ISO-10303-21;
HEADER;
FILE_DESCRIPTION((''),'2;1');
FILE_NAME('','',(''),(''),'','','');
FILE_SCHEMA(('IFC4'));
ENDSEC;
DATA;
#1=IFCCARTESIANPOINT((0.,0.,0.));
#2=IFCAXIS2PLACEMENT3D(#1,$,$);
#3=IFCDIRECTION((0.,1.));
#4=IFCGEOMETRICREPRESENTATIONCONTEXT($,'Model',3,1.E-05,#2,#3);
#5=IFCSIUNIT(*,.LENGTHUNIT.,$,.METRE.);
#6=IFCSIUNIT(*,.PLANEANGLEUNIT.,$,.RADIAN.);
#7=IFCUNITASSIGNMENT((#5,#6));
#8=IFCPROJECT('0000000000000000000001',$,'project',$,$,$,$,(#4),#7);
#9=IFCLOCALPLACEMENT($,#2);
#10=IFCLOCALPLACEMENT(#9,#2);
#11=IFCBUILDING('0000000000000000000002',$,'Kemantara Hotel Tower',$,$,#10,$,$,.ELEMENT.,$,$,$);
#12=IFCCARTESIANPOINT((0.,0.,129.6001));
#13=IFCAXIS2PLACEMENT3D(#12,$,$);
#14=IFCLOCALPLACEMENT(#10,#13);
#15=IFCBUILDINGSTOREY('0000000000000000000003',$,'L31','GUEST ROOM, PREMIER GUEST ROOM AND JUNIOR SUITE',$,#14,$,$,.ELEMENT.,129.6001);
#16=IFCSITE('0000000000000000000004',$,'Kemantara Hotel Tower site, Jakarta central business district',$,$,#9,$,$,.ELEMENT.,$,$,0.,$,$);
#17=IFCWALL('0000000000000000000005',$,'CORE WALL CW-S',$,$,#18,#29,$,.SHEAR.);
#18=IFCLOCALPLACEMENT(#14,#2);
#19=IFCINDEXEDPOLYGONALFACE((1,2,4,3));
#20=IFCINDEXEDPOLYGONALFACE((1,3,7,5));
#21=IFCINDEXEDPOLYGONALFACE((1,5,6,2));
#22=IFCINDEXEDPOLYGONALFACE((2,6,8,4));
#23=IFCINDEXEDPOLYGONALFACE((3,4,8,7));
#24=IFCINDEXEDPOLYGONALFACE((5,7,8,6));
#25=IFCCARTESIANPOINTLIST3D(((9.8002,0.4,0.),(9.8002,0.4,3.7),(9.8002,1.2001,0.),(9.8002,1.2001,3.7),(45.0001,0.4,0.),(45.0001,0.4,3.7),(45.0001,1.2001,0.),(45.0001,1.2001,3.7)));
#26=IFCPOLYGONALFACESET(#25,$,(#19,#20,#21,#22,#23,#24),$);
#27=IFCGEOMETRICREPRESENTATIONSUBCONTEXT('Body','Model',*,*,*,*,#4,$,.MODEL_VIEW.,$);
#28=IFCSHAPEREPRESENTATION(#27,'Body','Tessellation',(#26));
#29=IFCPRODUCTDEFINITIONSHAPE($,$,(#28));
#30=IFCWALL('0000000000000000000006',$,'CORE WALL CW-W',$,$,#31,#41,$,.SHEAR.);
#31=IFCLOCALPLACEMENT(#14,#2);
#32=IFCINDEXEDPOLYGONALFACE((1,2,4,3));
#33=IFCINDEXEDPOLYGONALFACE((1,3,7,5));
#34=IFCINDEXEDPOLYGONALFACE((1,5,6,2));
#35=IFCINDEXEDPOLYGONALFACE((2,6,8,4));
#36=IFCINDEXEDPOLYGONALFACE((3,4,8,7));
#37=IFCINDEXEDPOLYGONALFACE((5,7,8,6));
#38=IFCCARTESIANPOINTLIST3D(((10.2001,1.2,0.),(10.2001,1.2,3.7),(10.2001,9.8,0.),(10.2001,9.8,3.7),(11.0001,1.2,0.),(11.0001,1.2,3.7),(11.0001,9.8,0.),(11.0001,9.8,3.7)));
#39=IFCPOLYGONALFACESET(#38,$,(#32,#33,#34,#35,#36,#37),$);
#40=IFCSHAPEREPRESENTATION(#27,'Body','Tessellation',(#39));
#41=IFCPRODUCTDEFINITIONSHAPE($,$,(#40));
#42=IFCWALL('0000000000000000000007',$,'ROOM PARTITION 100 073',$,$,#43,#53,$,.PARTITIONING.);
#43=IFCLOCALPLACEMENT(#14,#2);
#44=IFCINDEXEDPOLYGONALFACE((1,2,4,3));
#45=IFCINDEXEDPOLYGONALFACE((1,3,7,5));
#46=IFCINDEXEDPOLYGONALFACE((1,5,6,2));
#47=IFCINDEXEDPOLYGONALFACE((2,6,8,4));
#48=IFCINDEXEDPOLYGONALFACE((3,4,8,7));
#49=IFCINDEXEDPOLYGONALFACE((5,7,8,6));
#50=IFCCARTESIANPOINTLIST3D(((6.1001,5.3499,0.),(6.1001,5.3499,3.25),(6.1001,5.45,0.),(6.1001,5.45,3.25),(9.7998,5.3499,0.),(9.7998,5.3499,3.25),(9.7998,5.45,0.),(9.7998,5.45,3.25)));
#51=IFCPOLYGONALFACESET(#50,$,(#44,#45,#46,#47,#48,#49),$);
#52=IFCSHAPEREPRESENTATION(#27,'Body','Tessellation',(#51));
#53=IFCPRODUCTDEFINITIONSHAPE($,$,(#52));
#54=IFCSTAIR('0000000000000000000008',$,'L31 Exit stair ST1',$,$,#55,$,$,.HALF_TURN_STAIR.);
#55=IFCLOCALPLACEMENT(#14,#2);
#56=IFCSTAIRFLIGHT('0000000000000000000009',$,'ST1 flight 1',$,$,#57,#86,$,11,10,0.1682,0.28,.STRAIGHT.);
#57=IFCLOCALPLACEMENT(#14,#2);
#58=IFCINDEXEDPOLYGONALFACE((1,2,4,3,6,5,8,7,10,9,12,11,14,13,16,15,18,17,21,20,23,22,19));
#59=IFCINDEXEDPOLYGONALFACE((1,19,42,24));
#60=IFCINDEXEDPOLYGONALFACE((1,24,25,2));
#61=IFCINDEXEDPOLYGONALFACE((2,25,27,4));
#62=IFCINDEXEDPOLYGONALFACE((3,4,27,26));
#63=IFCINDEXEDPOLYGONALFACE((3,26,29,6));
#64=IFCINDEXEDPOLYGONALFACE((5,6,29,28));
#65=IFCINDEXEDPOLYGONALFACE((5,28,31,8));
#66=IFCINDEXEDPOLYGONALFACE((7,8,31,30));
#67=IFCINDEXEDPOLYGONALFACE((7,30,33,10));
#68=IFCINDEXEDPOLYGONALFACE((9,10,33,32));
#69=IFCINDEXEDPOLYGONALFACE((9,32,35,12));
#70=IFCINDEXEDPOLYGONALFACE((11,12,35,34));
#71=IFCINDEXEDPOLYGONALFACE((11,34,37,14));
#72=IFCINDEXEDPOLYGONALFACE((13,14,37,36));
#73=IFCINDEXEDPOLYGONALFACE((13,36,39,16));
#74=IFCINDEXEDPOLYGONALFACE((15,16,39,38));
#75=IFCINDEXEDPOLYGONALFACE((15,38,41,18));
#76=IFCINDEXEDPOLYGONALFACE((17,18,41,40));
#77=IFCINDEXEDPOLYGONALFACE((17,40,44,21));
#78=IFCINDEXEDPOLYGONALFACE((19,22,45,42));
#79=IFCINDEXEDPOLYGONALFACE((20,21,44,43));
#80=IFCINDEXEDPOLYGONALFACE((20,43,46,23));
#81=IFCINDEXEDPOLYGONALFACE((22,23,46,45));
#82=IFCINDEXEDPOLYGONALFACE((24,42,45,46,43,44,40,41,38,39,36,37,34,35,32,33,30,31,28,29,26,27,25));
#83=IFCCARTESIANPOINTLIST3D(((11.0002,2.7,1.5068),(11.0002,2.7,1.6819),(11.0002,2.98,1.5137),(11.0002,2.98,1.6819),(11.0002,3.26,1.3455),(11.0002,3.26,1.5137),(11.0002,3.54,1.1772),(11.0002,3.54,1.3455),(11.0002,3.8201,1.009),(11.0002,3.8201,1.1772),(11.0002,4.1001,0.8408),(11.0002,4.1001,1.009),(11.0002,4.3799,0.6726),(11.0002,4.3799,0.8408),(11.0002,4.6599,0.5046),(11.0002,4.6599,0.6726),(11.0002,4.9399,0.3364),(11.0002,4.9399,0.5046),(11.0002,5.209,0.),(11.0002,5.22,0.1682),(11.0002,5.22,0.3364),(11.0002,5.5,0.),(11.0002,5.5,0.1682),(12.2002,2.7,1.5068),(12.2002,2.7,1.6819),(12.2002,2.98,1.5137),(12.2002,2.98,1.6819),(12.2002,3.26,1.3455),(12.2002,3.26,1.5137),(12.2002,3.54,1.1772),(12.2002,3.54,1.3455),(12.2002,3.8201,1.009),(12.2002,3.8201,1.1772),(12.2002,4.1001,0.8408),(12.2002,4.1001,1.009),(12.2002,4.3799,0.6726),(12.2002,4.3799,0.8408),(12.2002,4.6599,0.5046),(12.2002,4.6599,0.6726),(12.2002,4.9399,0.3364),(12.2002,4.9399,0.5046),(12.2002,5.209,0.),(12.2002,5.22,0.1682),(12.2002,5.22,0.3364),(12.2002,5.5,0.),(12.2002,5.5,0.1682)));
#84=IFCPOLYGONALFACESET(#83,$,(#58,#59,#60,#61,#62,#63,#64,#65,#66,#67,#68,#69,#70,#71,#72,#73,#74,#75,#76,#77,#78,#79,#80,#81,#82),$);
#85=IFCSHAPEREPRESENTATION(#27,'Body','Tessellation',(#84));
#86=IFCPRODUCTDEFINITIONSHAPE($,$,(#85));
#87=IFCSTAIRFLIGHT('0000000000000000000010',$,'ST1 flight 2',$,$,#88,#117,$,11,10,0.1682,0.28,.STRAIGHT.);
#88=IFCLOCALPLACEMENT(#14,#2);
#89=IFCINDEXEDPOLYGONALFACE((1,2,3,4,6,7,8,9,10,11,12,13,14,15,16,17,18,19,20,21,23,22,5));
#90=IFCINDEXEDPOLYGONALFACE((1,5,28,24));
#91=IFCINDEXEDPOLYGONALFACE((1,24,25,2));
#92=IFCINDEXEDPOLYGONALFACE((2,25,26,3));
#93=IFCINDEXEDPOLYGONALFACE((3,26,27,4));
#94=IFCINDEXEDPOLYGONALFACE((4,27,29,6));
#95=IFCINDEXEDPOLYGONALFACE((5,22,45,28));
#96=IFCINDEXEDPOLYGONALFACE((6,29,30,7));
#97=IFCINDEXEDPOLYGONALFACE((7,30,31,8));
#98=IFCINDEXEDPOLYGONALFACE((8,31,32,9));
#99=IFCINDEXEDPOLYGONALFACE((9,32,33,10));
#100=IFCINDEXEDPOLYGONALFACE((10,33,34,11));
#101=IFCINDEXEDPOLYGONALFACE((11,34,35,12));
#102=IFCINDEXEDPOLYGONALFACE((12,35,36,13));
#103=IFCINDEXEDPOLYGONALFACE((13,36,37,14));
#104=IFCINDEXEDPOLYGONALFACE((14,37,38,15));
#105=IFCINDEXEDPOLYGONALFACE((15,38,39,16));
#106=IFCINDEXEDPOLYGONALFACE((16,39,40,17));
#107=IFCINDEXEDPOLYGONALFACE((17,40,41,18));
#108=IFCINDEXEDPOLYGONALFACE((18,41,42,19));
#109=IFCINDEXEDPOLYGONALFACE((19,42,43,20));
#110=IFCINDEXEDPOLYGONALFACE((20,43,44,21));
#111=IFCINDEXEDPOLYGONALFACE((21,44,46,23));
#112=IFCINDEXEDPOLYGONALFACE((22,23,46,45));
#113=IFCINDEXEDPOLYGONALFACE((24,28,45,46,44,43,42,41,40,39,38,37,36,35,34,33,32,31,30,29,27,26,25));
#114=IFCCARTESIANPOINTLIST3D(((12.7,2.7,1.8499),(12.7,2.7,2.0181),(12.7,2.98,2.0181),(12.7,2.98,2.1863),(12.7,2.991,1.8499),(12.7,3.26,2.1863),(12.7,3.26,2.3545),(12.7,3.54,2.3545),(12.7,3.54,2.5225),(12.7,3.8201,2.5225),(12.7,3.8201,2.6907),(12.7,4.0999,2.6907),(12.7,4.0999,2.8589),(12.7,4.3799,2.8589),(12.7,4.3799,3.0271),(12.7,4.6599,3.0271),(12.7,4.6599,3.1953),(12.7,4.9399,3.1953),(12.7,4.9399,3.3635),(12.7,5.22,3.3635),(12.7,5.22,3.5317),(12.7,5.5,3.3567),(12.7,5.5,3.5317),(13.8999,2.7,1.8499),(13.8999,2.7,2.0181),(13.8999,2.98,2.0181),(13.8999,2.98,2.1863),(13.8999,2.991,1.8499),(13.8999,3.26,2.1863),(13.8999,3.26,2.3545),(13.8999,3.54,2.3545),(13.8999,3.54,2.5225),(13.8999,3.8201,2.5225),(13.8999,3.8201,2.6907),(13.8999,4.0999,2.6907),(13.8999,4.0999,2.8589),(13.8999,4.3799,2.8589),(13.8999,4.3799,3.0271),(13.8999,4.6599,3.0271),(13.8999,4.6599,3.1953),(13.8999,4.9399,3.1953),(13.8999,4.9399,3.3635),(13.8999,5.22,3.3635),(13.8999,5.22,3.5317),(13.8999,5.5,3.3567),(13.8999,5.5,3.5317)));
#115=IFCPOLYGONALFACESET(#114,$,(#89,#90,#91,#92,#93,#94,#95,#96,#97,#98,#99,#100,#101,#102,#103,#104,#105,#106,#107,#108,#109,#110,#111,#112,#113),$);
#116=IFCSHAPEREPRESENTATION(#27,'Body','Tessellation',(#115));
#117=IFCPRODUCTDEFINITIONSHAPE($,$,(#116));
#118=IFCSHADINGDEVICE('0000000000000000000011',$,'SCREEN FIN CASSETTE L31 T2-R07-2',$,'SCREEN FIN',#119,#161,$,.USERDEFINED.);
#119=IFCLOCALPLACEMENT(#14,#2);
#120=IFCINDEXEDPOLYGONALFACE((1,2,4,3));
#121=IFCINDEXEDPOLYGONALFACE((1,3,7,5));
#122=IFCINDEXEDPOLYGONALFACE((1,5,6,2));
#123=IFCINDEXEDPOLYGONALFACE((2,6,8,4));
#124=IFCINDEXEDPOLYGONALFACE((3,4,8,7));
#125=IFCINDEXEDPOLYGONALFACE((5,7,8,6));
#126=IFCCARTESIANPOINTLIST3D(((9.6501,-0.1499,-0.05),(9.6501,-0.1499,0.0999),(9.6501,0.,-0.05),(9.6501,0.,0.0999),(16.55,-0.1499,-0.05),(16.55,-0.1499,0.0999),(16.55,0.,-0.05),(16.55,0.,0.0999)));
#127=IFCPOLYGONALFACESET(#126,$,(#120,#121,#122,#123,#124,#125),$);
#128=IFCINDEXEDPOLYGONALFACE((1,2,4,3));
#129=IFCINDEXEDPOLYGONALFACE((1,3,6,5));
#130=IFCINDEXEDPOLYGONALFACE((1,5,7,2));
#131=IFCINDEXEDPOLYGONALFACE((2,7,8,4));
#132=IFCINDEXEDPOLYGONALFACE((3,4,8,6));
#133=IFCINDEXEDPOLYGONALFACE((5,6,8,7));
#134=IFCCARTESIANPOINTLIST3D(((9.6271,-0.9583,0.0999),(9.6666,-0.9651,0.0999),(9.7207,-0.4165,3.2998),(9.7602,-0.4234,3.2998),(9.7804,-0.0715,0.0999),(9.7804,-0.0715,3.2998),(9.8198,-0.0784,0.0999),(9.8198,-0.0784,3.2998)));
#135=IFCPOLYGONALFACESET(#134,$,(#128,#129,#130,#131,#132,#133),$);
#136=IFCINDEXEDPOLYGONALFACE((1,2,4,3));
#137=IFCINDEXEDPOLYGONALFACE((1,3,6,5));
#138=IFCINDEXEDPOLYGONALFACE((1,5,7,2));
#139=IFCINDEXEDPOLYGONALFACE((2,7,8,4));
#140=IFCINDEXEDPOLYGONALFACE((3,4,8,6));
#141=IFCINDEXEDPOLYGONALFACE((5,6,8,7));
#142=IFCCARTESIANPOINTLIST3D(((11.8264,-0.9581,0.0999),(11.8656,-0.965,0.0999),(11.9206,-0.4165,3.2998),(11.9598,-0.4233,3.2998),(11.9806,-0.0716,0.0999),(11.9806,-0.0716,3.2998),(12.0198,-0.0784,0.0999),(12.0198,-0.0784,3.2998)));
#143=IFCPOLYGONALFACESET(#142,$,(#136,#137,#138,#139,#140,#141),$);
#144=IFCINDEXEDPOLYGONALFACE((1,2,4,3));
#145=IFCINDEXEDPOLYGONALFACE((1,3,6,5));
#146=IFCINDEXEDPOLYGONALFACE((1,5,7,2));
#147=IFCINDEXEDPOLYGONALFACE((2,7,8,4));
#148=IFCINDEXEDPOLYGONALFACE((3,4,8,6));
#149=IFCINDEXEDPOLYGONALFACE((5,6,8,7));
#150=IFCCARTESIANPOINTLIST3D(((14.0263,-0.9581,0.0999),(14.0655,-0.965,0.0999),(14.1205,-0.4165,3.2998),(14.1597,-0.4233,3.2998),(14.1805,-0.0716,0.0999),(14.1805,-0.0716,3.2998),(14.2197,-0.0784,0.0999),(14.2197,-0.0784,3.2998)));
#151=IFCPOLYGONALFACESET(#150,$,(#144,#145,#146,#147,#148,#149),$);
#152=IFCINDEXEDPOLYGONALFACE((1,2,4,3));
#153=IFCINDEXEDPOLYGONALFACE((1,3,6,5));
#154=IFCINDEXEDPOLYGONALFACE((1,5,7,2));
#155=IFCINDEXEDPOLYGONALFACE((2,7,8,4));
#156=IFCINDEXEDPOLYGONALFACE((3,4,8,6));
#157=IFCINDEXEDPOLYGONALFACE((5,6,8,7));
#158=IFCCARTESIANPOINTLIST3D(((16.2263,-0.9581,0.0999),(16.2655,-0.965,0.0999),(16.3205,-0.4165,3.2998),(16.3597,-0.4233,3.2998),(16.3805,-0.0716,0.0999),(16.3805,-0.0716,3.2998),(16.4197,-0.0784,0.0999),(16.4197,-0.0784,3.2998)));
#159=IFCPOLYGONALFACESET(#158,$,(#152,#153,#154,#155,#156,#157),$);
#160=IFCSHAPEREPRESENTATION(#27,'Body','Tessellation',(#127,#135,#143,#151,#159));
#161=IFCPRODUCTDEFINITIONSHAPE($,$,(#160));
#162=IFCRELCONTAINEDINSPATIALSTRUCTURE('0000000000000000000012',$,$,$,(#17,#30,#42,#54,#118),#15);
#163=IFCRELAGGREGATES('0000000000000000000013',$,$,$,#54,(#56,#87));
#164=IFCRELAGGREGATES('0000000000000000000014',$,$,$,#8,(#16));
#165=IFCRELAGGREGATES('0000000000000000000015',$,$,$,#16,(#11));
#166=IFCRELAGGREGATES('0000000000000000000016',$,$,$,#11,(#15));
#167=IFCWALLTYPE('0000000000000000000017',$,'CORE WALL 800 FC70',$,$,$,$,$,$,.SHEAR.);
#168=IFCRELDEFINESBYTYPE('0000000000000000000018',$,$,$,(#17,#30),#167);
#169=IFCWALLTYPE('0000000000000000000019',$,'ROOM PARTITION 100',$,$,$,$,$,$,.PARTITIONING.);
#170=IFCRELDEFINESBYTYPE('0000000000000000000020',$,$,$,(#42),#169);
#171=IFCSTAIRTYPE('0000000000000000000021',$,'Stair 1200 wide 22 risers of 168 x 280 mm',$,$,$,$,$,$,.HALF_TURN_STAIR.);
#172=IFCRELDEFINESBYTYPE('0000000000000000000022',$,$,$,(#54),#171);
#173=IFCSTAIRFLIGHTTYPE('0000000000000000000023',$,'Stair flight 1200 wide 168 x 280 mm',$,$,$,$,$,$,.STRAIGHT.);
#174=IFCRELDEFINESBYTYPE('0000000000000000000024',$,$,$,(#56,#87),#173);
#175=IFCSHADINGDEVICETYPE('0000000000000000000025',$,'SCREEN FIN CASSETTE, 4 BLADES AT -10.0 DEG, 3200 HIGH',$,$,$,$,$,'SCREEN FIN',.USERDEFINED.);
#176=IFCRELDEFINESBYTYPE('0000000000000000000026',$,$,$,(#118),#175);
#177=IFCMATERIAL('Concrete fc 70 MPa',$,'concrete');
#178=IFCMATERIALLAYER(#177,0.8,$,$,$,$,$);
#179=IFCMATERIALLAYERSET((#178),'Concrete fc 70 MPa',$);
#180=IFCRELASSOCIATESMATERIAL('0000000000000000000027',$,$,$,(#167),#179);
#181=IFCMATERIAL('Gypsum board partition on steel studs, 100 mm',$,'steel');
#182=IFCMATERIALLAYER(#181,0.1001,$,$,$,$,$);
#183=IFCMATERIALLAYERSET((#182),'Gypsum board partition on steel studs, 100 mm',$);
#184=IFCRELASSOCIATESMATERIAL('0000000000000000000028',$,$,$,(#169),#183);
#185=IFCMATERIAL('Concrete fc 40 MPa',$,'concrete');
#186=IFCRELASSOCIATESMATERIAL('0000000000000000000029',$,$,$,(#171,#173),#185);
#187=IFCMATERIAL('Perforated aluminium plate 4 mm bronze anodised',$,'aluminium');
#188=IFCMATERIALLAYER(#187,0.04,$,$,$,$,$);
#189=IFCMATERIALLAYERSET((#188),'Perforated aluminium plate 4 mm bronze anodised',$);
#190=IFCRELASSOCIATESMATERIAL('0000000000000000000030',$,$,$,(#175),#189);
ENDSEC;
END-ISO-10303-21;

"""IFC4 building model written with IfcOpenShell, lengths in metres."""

from ifc_helpers import new_model, si_unit, direction, frame, frame_2d, origin, origin_2d, place, context, subcontext, project, spatial, polyline, rectangle, outline, extrude, source, transform, mapped, material, layer, layer_set, type_object, element, aggregate, save


model = new_model("IFC4")

# Units and contexts
model_context = context("Model", 3, precision=1e-05, world=origin(), true_north=direction((0.0, 1.0)))
body_context = subcontext(model_context, "Body", "Model", "MODEL_VIEW")
ifc_project = project(units=[si_unit("LENGTHUNIT", "METRE"), si_unit("PLANEANGLEUNIT", "RADIAN")], contexts=[model_context])

# Site, building, storey
site_placement = place(None, origin())
site = spatial("IfcSite", under=ifc_project, at=site_placement, Name="Kemantara Hotel Tower site, Jakarta central business district", CompositionType="ELEMENT", RefElevation=0.0)
building_placement = place(site_placement, origin())
building = spatial("IfcBuilding", under=site, at=building_placement, Name="Kemantara Hotel Tower", CompositionType="ELEMENT")
storey_placement = place(building_placement, frame((0.0, 0.0, 129.6001)))
storey = spatial("IfcBuildingStorey", under=building, at=storey_placement, Name="L31", Description="GUEST ROOM, PREMIER GUEST ROOM AND JUNIOR SUITE", CompositionType="ELEMENT", Elevation=129.6001)

# Shared definitions
ifc_material_1 = material(Name="Concrete fc 70 MPa", Category="concrete")

# Walls
ifc_layer_1 = layer(ifc_material_1, 0.8)
ifc_layer_set_1 = layer_set([ifc_layer_1], Name="Concrete fc 70 MPa")
wall_type_1 = type_object("IfcWallType", Name="CORE WALL 800 FC70", PredefinedType="SHEAR", material=ifc_layer_set_1)
wall_1_placement = place(storey_placement, frame((9.8, 0.8, 0.0), z_axis=(0.0, 0.0, 1.0), x_axis=(1.0, 0.0, 0.0)))
element("IfcWall", 1, at=wall_1_placement, inside=storey, type_object=wall_type_1, Name="CORE WALL CW-S", PredefinedType="SHEAR", context=body_context, shape_type="SweptSolid", body=[
    extrude(rectangle(XDim=35.2, YDim=0.8, at=frame_2d((17.6001, 0.0))), origin(), (0.0, 0.0, 1.0), 3.7),
])
wall_2_placement = place(storey_placement, frame((10.6001, 1.2, 0.0), z_axis=(0.0, 0.0, 1.0), x_axis=(0.0, 1.0, 0.0)))
element("IfcWall", 2, at=wall_2_placement, inside=storey, type_object=wall_type_1, Name="CORE WALL CW-W", PredefinedType="SHEAR", context=body_context, shape_type="SweptSolid", body=[
    extrude(rectangle(XDim=8.6001, YDim=0.8, at=frame_2d((4.3, 0.0))), origin(), (0.0, 0.0, 1.0), 3.7),
])
ifc_material_2 = material(Name="Gypsum board partition on steel studs, 100 mm", Category="steel")
ifc_layer_2 = layer(ifc_material_2, 0.1001)
ifc_layer_set_2 = layer_set([ifc_layer_2], Name="Gypsum board partition on steel studs, 100 mm")
wall_type_2 = type_object("IfcWallType", Name="ROOM PARTITION 100", PredefinedType="PARTITIONING", material=ifc_layer_set_2)
wall_3_placement = place(storey_placement, frame((6.1001, 5.3999, 0.0), z_axis=(0.0, 0.0, 1.0), x_axis=(1.0, 0.0, 0.0)))
element("IfcWall", 3, at=wall_3_placement, inside=storey, type_object=wall_type_2, Name="ROOM PARTITION 100 073", PredefinedType="PARTITIONING", context=body_context, shape_type="SweptSolid", body=[
    extrude(rectangle(XDim=3.6997, YDim=0.1001, at=frame_2d((1.8499, 0.0))), origin(), (0.0, 0.0, 1.0), 3.25),
])

# Stair, stair flights
ifc_material_3 = material(Name="Concrete fc 40 MPa", Category="concrete")
stair_type = type_object("IfcStairType", Name="Stair 1200 wide 22 risers of 168 x 280 mm", PredefinedType="HALF_TURN_STAIR", material=ifc_material_3)
stair_placement = place(storey_placement, origin())
stair = element("IfcStair", 4, at=stair_placement, inside=storey, type_object=stair_type, Name="L31 Exit stair ST1", PredefinedType="HALF_TURN_STAIR")
stair_flight_type = type_object("IfcStairFlightType", Name="Stair flight 1200 wide 168 x 280 mm", PredefinedType="STRAIGHT", material=ifc_material_3)
stair_flight_1_placement = place(storey_placement, frame((11.6001, 5.5, 0.0), z_axis=(0.0, 0.0, 1.0), x_axis=(0.0, -1.0, 0.0)))
stair_flight_1 = element("IfcStairFlight", 5, at=stair_flight_1_placement, type_object=stair_flight_type, Name="ST1 flight 1", NumberOfRisers=11, NumberOfTreads=10, PredefinedType="STRAIGHT", RiserHeight=0.1682, TreadLength=0.28, context=body_context, shape_type="SweptSolid", body=[
    extrude(outline(polyline([(0.0, 0.0), (0.0, 0.1682), (0.28, 0.1682), (0.28, 0.3364), (0.5601, 0.3364), (0.5601, 0.5046), (0.8401, 0.5046), (0.8401, 0.6726), (1.1201, 0.6726), (1.1201, 0.8408), (1.3999, 0.8408), (1.3999, 1.009), (1.6799, 1.009), (1.6799, 1.1772), (1.96, 1.1772), (1.96, 1.3455), (2.24, 1.3455), (2.24, 1.5137), (2.52, 1.5137), (2.52, 1.6819), (2.8, 1.6819), (2.8, 1.8501), (2.8, 1.5068), (0.291, 0.0), (0.0, 0.0)])), frame((0.0, 0.6001, 0.0), z_axis=(0.0, -1.0, 0.0), x_axis=(1.0, 0.0, 0.0)), (0.0, 0.0, 1.0), 1.2),
])
stair_flight_2_placement = place(storey_placement, frame((13.3, 2.7, 1.8499), z_axis=(0.0, 0.0, 1.0), x_axis=(0.0, 1.0, 0.0)))
stair_flight_2 = element("IfcStairFlight", 6, at=stair_flight_2_placement, type_object=stair_flight_type, Name="ST1 flight 2", NumberOfRisers=11, NumberOfTreads=10, PredefinedType="STRAIGHT", RiserHeight=0.1682, TreadLength=0.28, context=body_context, shape_type="SweptSolid", body=[
    extrude(outline(polyline([(0.0, 0.0), (0.0, 0.1682), (0.28, 0.1682), (0.28, 0.3364), (0.5601, 0.3364), (0.5601, 0.5046), (0.8401, 0.5046), (0.8401, 0.6726), (1.1201, 0.6726), (1.1201, 0.8408), (1.3999, 0.8408), (1.3999, 1.009), (1.6799, 1.009), (1.6799, 1.1772), (1.96, 1.1772), (1.96, 1.3455), (2.24, 1.3455), (2.24, 1.5137), (2.52, 1.5137), (2.52, 1.6819), (2.8, 1.6819), (2.8, 1.8501), (2.8, 1.5068), (0.291, 0.0), (0.0, 0.0)])), frame((0.0, 0.6001, 0.0), z_axis=(0.0, -1.0, 0.0), x_axis=(1.0, 0.0, 0.0)), (0.0, 0.0, 1.0), 1.2),
])
aggregate(stair, [stair_flight_1, stair_flight_2])

# Shading device
ifc_material_4 = material(Name="Perforated aluminium plate 4 mm bronze anodised", Category="aluminium")
ifc_layer_3 = layer(ifc_material_4, 0.04)
ifc_layer_set_3 = layer_set([ifc_layer_3], Name="Perforated aluminium plate 4 mm bronze anodised")
shading_device_type = type_object("IfcShadingDeviceType", Name="SCREEN FIN CASSETTE, 4 BLADES AT -10.0 DEG, 3200 HIGH", ElementType="SCREEN FIN", PredefinedType="USERDEFINED", material=ifc_layer_set_3)
shared_shape = source(origin(), body_context, "Body", "SweptSolid", [
    extrude(rectangle(XDim=6.8999, YDim=0.1499, at=origin_2d()), frame((3.3, -0.075, -0.1499), z_axis=(0.0, 0.0, 1.0), x_axis=(1.0, 0.0, 0.0)), (0.0, 0.0, 1.0), 0.1499),
    extrude(outline(polyline([(0.0, 0.0), (0.8999, 0.0), (0.3501, 3.2), (0.0, 3.2), (0.0, 0.0)])), frame((0.0198, -0.0784, 0.0), z_axis=(-0.98539, 0.170314, 0.0), x_axis=(-0.170314, -0.98539, 0.0)), (0.0, 0.0, 1.0), 0.04),
    extrude(outline(polyline([(0.0, 0.0), (0.8999, 0.0), (0.3501, 3.2), (0.0, 3.2), (0.0, 0.0)])), frame((2.2197, -0.0784, 0.0), z_axis=(-0.985212, 0.171341, 0.0), x_axis=(-0.171341, -0.985212, 0.0)), (0.0, 0.0, 1.0), 0.0398),
    extrude(outline(polyline([(0.0, 0.0), (0.8999, 0.0), (0.3501, 3.2), (0.0, 3.2), (0.0, 0.0)])), frame((4.4197, -0.0784, 0.0), z_axis=(-0.985212, 0.171341, 0.0), x_axis=(-0.171341, -0.985212, 0.0)), (0.0, 0.0, 1.0), 0.0398),
    extrude(outline(polyline([(0.0, 0.0), (0.8999, 0.0), (0.3501, 3.2), (0.0, 3.2), (0.0, 0.0)])), frame((6.6196, -0.0784, 0.0), z_axis=(-0.985212, 0.171341, 0.0), x_axis=(-0.171341, -0.985212, 0.0)), (0.0, 0.0, 1.0), 0.0398),
])
shading_device_placement = place(storey_placement, frame((9.8, 0.0, 0.0999), z_axis=(0.0, 0.0, 1.0), x_axis=(1.0, 0.0, 0.0)))
element("IfcShadingDevice", 7, at=shading_device_placement, inside=storey, type_object=shading_device_type, Name="SCREEN FIN CASSETTE L31 T2-R07-2", ObjectType="SCREEN FIN", PredefinedType="USERDEFINED", context=body_context, shape_type="MappedRepresentation", body=[
    mapped(shared_shape, transform((0.0, 0.0, 0.0))),
])

save(model, "model.ifc")
